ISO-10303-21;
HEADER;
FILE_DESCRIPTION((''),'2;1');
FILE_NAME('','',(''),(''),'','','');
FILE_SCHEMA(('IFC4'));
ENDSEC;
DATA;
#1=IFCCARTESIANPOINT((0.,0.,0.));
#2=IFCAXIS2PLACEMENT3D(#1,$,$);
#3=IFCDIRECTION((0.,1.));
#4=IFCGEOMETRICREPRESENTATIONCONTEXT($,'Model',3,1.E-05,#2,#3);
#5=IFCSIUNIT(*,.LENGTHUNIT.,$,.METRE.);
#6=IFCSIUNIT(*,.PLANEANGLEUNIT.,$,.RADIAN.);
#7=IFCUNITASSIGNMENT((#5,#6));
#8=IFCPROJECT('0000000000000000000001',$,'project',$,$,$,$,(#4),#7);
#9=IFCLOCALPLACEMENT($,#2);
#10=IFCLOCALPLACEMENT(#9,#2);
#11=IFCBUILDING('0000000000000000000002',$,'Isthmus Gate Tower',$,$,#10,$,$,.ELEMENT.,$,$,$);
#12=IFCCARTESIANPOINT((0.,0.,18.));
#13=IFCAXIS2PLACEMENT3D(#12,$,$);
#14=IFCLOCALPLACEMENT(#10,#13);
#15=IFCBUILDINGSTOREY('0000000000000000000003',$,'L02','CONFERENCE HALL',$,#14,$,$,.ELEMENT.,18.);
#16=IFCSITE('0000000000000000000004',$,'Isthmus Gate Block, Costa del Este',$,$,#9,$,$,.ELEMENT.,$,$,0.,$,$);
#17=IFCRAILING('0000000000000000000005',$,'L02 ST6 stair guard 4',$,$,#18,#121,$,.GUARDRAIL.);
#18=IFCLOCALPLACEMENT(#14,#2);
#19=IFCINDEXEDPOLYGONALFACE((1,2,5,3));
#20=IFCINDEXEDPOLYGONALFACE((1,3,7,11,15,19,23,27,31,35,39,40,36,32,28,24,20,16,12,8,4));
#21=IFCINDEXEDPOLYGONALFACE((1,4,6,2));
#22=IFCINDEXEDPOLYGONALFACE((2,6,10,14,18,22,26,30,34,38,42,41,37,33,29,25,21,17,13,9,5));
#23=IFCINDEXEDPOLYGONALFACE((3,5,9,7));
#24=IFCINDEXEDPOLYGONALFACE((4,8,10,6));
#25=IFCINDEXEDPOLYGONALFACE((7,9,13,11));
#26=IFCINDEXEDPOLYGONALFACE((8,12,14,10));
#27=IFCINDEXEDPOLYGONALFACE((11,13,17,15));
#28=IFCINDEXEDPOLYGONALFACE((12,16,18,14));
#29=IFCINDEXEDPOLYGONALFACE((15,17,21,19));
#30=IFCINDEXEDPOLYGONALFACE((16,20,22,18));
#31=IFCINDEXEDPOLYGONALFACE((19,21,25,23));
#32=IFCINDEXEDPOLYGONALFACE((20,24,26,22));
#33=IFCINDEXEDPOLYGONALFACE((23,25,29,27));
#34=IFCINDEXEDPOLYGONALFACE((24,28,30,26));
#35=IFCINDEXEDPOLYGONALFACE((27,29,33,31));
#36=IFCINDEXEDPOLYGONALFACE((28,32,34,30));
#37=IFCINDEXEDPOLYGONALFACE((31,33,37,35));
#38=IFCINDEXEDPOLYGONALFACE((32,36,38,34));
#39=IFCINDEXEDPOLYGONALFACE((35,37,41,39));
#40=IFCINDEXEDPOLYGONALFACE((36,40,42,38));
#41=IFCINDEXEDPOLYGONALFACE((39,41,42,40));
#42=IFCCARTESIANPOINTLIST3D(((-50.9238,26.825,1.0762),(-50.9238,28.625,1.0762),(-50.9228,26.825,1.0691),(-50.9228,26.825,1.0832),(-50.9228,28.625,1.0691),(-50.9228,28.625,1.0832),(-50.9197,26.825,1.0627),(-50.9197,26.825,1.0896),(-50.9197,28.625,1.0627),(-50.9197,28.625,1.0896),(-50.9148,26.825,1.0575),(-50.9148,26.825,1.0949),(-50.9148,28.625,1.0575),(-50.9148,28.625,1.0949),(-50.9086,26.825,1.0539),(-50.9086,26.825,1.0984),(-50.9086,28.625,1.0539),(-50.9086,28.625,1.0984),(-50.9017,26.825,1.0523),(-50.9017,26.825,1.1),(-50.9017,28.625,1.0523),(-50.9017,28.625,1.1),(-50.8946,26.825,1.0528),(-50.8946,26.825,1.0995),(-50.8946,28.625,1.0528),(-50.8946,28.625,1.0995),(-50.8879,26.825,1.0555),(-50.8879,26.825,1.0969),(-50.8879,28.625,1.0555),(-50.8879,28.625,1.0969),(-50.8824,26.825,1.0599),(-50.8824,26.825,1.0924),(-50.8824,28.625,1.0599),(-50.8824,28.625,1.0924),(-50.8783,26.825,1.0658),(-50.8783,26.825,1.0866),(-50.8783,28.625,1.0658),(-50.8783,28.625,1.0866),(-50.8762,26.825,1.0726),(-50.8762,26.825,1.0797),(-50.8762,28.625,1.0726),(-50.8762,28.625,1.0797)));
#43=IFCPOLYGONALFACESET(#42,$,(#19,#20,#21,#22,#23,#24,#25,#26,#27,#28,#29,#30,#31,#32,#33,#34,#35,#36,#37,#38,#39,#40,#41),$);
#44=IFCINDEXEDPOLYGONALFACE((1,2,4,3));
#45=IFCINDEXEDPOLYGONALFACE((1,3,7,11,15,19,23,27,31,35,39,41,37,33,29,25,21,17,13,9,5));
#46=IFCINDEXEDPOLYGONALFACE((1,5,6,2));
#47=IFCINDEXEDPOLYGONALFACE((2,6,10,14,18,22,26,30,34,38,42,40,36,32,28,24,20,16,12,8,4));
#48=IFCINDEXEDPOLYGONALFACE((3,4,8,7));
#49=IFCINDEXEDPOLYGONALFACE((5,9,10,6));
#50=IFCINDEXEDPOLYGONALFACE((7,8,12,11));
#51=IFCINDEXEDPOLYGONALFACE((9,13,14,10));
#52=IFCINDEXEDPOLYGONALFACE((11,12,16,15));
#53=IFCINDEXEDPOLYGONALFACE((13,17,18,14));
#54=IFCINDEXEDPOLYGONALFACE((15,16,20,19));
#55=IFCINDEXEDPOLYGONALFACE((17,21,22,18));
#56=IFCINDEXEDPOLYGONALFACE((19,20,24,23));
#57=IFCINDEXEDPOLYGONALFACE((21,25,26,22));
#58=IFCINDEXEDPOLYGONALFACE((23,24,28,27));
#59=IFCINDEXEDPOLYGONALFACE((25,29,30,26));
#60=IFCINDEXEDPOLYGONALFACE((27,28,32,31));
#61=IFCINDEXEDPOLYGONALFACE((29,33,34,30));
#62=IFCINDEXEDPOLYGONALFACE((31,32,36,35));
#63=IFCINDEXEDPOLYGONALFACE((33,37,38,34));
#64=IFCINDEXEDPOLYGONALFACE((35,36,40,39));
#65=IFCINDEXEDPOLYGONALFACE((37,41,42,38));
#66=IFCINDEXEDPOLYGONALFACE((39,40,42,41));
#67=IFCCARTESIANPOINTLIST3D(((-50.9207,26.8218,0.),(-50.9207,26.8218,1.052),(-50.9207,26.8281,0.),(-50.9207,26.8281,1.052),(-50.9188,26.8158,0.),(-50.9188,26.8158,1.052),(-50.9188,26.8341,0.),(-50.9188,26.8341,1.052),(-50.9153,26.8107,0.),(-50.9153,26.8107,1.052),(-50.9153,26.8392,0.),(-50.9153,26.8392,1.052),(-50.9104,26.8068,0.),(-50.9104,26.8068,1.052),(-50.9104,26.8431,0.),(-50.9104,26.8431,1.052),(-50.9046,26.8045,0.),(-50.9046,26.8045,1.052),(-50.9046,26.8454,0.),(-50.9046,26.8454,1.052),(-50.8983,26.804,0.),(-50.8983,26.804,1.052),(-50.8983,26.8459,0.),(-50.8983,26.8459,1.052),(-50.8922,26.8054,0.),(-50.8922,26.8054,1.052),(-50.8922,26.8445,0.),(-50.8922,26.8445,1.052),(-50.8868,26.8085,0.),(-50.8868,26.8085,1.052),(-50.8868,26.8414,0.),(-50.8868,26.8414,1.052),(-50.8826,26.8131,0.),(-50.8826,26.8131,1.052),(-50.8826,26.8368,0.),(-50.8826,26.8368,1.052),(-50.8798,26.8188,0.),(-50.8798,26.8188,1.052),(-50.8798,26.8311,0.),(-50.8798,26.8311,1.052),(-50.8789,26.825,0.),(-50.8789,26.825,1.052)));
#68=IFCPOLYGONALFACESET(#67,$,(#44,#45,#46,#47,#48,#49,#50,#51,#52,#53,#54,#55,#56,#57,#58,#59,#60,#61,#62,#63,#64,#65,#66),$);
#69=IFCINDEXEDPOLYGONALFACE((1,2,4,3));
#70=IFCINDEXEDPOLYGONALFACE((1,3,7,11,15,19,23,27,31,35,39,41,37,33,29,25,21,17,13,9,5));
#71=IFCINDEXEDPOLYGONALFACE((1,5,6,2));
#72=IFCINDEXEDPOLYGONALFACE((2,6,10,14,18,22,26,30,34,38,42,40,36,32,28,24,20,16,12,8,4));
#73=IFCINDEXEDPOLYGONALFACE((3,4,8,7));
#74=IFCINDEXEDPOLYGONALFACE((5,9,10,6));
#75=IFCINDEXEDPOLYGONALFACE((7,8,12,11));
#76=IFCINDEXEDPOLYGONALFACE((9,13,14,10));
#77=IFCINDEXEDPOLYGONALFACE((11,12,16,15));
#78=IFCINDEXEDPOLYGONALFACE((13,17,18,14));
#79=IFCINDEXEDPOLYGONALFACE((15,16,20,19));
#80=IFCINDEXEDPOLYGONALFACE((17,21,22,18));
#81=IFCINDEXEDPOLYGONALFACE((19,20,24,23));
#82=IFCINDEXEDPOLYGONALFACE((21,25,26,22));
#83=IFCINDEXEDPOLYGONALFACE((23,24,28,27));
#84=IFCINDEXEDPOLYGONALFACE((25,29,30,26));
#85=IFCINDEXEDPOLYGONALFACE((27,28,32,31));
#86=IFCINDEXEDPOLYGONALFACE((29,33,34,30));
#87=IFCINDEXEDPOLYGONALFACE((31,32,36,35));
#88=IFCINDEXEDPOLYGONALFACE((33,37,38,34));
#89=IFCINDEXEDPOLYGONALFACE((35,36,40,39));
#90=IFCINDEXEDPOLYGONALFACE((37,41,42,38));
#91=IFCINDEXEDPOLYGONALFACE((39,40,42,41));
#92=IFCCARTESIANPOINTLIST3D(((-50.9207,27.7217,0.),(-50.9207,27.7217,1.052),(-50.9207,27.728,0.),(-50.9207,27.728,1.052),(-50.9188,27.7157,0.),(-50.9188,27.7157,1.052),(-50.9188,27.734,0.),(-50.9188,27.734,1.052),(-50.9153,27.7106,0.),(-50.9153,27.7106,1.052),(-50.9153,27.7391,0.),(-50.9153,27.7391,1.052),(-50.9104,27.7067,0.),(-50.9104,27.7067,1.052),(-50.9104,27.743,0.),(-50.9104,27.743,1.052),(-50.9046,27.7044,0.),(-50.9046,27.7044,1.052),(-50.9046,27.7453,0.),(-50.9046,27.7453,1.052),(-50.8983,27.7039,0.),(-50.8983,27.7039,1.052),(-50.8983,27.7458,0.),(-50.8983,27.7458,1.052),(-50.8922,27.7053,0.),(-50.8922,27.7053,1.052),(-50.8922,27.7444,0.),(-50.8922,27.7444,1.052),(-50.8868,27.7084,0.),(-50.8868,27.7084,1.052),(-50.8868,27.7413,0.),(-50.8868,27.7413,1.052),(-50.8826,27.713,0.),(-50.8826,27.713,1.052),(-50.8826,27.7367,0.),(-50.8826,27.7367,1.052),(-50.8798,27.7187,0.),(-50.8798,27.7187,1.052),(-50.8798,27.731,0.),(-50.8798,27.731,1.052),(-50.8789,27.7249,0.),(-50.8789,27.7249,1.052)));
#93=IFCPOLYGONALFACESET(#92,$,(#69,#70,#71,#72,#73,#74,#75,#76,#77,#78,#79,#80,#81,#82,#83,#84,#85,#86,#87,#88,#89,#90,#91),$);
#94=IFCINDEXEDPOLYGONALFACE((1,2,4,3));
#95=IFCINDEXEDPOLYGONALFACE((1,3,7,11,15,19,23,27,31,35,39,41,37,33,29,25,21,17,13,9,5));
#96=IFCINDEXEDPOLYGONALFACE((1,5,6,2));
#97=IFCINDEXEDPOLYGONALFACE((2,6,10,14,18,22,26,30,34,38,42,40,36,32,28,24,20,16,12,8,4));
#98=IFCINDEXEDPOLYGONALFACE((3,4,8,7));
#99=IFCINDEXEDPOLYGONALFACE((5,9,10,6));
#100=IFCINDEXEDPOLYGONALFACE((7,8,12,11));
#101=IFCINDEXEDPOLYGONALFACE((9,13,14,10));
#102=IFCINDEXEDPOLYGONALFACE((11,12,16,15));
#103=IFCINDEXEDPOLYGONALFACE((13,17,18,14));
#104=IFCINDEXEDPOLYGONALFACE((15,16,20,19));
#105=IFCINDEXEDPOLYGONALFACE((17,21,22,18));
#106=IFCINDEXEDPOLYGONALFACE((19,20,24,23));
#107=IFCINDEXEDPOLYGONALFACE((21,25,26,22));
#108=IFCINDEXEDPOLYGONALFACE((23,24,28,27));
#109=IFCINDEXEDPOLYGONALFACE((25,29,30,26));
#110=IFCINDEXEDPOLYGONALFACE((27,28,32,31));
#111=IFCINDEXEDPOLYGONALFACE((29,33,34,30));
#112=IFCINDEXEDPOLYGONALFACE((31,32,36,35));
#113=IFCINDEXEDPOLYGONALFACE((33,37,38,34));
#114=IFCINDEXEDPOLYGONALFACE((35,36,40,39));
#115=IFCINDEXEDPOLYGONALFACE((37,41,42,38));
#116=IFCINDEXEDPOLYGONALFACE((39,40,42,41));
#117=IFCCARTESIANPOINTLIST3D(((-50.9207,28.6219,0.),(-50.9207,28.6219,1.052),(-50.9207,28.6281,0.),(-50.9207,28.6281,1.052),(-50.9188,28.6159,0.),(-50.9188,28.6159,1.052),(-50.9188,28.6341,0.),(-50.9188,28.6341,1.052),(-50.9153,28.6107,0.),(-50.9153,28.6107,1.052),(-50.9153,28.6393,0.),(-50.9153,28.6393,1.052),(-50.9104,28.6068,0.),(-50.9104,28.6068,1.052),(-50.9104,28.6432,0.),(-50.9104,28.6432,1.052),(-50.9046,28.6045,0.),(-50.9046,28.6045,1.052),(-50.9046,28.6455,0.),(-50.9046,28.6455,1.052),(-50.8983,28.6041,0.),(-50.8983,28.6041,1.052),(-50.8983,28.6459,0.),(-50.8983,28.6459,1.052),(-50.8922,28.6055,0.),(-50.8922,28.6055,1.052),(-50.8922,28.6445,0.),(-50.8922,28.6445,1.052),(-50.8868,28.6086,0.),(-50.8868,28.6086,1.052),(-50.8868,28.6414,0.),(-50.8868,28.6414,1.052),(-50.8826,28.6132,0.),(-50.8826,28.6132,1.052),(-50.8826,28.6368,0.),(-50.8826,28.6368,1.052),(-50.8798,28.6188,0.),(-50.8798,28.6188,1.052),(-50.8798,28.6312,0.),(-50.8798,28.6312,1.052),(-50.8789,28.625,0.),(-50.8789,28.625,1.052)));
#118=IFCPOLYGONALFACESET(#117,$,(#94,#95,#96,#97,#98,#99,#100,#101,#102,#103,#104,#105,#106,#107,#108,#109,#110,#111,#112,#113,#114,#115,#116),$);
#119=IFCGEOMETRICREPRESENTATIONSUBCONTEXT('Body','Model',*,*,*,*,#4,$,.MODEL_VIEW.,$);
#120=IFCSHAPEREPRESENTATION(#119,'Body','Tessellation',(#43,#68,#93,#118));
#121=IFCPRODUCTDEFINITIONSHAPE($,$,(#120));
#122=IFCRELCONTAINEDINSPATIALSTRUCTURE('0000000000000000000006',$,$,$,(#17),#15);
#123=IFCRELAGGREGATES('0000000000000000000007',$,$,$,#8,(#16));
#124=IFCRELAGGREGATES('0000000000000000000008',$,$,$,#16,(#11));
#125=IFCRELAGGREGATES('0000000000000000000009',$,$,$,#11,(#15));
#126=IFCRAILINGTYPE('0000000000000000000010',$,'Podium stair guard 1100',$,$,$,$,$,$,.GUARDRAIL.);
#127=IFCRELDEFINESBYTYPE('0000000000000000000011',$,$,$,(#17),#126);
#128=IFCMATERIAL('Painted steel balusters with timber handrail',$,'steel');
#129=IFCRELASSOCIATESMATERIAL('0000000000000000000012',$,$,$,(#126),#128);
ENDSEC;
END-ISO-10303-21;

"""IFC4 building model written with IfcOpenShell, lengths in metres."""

from ifc_helpers import new_model, si_unit, direction, frame, origin, origin_2d, place, context, subcontext, project, spatial, circle, extrude, material, type_object, element, save


model = new_model("IFC4")

# Units and contexts
model_context = context("Model", 3, precision=1e-05, world=origin(), true_north=direction((0.0, 1.0)))
body_context = subcontext(model_context, "Body", "Model", "MODEL_VIEW")
ifc_project = project(units=[si_unit("LENGTHUNIT", "METRE"), si_unit("PLANEANGLEUNIT", "RADIAN")], contexts=[model_context])

# Site, building, storey
site_placement = place(None, origin())
site = spatial("IfcSite", under=ifc_project, at=site_placement, Name="Isthmus Gate Block, Costa del Este", CompositionType="ELEMENT", RefElevation=0.0)
building_placement = place(site_placement, origin())
building = spatial("IfcBuilding", under=site, at=building_placement, Name="Isthmus Gate Tower", CompositionType="ELEMENT")
storey_placement = place(building_placement, frame((0.0, 0.0, 18.0)))
storey = spatial("IfcBuildingStorey", under=building, at=storey_placement, Name="L02", Description="CONFERENCE HALL", CompositionType="ELEMENT", Elevation=18.0)

# Railing
ifc_material_1 = material(Name="Painted steel balusters with timber handrail", Category="steel")
railing_type = type_object("IfcRailingType", Name="Podium stair guard 1100", PredefinedType="GUARDRAIL", material=ifc_material_1)
railing_1_placement = place(storey_placement, frame((-50.8999, 26.825, 0.0)))
element("IfcRailing", 1, at=railing_1_placement, inside=storey, type_object=railing_type, Name="L02 ST6 stair guard 4", PredefinedType="GUARDRAIL", context=body_context, shape_type="SweptSolid", body=[
    extrude(circle(Radius=0.0239, at=origin_2d()), frame((0.0, 0.0, 1.0762), z_axis=(0.0, 1.0, 0.0), x_axis=(-1.0, 0.0, 0.0)), (0.0, 0.0, 1.0), 1.8),
    extrude(circle(Radius=0.021, at=origin_2d()), origin(), (0.0, 0.0, 1.0), 1.052),
    extrude(circle(Radius=0.021, at=origin_2d()), frame((0.0, 0.8999, 0.0)), (0.0, 0.0, 1.0), 1.052),
    extrude(circle(Radius=0.021, at=origin_2d()), frame((0.0, 1.8, 0.0)), (0.0, 0.0, 1.0), 1.052),
])

save(model, "model.ifc")
